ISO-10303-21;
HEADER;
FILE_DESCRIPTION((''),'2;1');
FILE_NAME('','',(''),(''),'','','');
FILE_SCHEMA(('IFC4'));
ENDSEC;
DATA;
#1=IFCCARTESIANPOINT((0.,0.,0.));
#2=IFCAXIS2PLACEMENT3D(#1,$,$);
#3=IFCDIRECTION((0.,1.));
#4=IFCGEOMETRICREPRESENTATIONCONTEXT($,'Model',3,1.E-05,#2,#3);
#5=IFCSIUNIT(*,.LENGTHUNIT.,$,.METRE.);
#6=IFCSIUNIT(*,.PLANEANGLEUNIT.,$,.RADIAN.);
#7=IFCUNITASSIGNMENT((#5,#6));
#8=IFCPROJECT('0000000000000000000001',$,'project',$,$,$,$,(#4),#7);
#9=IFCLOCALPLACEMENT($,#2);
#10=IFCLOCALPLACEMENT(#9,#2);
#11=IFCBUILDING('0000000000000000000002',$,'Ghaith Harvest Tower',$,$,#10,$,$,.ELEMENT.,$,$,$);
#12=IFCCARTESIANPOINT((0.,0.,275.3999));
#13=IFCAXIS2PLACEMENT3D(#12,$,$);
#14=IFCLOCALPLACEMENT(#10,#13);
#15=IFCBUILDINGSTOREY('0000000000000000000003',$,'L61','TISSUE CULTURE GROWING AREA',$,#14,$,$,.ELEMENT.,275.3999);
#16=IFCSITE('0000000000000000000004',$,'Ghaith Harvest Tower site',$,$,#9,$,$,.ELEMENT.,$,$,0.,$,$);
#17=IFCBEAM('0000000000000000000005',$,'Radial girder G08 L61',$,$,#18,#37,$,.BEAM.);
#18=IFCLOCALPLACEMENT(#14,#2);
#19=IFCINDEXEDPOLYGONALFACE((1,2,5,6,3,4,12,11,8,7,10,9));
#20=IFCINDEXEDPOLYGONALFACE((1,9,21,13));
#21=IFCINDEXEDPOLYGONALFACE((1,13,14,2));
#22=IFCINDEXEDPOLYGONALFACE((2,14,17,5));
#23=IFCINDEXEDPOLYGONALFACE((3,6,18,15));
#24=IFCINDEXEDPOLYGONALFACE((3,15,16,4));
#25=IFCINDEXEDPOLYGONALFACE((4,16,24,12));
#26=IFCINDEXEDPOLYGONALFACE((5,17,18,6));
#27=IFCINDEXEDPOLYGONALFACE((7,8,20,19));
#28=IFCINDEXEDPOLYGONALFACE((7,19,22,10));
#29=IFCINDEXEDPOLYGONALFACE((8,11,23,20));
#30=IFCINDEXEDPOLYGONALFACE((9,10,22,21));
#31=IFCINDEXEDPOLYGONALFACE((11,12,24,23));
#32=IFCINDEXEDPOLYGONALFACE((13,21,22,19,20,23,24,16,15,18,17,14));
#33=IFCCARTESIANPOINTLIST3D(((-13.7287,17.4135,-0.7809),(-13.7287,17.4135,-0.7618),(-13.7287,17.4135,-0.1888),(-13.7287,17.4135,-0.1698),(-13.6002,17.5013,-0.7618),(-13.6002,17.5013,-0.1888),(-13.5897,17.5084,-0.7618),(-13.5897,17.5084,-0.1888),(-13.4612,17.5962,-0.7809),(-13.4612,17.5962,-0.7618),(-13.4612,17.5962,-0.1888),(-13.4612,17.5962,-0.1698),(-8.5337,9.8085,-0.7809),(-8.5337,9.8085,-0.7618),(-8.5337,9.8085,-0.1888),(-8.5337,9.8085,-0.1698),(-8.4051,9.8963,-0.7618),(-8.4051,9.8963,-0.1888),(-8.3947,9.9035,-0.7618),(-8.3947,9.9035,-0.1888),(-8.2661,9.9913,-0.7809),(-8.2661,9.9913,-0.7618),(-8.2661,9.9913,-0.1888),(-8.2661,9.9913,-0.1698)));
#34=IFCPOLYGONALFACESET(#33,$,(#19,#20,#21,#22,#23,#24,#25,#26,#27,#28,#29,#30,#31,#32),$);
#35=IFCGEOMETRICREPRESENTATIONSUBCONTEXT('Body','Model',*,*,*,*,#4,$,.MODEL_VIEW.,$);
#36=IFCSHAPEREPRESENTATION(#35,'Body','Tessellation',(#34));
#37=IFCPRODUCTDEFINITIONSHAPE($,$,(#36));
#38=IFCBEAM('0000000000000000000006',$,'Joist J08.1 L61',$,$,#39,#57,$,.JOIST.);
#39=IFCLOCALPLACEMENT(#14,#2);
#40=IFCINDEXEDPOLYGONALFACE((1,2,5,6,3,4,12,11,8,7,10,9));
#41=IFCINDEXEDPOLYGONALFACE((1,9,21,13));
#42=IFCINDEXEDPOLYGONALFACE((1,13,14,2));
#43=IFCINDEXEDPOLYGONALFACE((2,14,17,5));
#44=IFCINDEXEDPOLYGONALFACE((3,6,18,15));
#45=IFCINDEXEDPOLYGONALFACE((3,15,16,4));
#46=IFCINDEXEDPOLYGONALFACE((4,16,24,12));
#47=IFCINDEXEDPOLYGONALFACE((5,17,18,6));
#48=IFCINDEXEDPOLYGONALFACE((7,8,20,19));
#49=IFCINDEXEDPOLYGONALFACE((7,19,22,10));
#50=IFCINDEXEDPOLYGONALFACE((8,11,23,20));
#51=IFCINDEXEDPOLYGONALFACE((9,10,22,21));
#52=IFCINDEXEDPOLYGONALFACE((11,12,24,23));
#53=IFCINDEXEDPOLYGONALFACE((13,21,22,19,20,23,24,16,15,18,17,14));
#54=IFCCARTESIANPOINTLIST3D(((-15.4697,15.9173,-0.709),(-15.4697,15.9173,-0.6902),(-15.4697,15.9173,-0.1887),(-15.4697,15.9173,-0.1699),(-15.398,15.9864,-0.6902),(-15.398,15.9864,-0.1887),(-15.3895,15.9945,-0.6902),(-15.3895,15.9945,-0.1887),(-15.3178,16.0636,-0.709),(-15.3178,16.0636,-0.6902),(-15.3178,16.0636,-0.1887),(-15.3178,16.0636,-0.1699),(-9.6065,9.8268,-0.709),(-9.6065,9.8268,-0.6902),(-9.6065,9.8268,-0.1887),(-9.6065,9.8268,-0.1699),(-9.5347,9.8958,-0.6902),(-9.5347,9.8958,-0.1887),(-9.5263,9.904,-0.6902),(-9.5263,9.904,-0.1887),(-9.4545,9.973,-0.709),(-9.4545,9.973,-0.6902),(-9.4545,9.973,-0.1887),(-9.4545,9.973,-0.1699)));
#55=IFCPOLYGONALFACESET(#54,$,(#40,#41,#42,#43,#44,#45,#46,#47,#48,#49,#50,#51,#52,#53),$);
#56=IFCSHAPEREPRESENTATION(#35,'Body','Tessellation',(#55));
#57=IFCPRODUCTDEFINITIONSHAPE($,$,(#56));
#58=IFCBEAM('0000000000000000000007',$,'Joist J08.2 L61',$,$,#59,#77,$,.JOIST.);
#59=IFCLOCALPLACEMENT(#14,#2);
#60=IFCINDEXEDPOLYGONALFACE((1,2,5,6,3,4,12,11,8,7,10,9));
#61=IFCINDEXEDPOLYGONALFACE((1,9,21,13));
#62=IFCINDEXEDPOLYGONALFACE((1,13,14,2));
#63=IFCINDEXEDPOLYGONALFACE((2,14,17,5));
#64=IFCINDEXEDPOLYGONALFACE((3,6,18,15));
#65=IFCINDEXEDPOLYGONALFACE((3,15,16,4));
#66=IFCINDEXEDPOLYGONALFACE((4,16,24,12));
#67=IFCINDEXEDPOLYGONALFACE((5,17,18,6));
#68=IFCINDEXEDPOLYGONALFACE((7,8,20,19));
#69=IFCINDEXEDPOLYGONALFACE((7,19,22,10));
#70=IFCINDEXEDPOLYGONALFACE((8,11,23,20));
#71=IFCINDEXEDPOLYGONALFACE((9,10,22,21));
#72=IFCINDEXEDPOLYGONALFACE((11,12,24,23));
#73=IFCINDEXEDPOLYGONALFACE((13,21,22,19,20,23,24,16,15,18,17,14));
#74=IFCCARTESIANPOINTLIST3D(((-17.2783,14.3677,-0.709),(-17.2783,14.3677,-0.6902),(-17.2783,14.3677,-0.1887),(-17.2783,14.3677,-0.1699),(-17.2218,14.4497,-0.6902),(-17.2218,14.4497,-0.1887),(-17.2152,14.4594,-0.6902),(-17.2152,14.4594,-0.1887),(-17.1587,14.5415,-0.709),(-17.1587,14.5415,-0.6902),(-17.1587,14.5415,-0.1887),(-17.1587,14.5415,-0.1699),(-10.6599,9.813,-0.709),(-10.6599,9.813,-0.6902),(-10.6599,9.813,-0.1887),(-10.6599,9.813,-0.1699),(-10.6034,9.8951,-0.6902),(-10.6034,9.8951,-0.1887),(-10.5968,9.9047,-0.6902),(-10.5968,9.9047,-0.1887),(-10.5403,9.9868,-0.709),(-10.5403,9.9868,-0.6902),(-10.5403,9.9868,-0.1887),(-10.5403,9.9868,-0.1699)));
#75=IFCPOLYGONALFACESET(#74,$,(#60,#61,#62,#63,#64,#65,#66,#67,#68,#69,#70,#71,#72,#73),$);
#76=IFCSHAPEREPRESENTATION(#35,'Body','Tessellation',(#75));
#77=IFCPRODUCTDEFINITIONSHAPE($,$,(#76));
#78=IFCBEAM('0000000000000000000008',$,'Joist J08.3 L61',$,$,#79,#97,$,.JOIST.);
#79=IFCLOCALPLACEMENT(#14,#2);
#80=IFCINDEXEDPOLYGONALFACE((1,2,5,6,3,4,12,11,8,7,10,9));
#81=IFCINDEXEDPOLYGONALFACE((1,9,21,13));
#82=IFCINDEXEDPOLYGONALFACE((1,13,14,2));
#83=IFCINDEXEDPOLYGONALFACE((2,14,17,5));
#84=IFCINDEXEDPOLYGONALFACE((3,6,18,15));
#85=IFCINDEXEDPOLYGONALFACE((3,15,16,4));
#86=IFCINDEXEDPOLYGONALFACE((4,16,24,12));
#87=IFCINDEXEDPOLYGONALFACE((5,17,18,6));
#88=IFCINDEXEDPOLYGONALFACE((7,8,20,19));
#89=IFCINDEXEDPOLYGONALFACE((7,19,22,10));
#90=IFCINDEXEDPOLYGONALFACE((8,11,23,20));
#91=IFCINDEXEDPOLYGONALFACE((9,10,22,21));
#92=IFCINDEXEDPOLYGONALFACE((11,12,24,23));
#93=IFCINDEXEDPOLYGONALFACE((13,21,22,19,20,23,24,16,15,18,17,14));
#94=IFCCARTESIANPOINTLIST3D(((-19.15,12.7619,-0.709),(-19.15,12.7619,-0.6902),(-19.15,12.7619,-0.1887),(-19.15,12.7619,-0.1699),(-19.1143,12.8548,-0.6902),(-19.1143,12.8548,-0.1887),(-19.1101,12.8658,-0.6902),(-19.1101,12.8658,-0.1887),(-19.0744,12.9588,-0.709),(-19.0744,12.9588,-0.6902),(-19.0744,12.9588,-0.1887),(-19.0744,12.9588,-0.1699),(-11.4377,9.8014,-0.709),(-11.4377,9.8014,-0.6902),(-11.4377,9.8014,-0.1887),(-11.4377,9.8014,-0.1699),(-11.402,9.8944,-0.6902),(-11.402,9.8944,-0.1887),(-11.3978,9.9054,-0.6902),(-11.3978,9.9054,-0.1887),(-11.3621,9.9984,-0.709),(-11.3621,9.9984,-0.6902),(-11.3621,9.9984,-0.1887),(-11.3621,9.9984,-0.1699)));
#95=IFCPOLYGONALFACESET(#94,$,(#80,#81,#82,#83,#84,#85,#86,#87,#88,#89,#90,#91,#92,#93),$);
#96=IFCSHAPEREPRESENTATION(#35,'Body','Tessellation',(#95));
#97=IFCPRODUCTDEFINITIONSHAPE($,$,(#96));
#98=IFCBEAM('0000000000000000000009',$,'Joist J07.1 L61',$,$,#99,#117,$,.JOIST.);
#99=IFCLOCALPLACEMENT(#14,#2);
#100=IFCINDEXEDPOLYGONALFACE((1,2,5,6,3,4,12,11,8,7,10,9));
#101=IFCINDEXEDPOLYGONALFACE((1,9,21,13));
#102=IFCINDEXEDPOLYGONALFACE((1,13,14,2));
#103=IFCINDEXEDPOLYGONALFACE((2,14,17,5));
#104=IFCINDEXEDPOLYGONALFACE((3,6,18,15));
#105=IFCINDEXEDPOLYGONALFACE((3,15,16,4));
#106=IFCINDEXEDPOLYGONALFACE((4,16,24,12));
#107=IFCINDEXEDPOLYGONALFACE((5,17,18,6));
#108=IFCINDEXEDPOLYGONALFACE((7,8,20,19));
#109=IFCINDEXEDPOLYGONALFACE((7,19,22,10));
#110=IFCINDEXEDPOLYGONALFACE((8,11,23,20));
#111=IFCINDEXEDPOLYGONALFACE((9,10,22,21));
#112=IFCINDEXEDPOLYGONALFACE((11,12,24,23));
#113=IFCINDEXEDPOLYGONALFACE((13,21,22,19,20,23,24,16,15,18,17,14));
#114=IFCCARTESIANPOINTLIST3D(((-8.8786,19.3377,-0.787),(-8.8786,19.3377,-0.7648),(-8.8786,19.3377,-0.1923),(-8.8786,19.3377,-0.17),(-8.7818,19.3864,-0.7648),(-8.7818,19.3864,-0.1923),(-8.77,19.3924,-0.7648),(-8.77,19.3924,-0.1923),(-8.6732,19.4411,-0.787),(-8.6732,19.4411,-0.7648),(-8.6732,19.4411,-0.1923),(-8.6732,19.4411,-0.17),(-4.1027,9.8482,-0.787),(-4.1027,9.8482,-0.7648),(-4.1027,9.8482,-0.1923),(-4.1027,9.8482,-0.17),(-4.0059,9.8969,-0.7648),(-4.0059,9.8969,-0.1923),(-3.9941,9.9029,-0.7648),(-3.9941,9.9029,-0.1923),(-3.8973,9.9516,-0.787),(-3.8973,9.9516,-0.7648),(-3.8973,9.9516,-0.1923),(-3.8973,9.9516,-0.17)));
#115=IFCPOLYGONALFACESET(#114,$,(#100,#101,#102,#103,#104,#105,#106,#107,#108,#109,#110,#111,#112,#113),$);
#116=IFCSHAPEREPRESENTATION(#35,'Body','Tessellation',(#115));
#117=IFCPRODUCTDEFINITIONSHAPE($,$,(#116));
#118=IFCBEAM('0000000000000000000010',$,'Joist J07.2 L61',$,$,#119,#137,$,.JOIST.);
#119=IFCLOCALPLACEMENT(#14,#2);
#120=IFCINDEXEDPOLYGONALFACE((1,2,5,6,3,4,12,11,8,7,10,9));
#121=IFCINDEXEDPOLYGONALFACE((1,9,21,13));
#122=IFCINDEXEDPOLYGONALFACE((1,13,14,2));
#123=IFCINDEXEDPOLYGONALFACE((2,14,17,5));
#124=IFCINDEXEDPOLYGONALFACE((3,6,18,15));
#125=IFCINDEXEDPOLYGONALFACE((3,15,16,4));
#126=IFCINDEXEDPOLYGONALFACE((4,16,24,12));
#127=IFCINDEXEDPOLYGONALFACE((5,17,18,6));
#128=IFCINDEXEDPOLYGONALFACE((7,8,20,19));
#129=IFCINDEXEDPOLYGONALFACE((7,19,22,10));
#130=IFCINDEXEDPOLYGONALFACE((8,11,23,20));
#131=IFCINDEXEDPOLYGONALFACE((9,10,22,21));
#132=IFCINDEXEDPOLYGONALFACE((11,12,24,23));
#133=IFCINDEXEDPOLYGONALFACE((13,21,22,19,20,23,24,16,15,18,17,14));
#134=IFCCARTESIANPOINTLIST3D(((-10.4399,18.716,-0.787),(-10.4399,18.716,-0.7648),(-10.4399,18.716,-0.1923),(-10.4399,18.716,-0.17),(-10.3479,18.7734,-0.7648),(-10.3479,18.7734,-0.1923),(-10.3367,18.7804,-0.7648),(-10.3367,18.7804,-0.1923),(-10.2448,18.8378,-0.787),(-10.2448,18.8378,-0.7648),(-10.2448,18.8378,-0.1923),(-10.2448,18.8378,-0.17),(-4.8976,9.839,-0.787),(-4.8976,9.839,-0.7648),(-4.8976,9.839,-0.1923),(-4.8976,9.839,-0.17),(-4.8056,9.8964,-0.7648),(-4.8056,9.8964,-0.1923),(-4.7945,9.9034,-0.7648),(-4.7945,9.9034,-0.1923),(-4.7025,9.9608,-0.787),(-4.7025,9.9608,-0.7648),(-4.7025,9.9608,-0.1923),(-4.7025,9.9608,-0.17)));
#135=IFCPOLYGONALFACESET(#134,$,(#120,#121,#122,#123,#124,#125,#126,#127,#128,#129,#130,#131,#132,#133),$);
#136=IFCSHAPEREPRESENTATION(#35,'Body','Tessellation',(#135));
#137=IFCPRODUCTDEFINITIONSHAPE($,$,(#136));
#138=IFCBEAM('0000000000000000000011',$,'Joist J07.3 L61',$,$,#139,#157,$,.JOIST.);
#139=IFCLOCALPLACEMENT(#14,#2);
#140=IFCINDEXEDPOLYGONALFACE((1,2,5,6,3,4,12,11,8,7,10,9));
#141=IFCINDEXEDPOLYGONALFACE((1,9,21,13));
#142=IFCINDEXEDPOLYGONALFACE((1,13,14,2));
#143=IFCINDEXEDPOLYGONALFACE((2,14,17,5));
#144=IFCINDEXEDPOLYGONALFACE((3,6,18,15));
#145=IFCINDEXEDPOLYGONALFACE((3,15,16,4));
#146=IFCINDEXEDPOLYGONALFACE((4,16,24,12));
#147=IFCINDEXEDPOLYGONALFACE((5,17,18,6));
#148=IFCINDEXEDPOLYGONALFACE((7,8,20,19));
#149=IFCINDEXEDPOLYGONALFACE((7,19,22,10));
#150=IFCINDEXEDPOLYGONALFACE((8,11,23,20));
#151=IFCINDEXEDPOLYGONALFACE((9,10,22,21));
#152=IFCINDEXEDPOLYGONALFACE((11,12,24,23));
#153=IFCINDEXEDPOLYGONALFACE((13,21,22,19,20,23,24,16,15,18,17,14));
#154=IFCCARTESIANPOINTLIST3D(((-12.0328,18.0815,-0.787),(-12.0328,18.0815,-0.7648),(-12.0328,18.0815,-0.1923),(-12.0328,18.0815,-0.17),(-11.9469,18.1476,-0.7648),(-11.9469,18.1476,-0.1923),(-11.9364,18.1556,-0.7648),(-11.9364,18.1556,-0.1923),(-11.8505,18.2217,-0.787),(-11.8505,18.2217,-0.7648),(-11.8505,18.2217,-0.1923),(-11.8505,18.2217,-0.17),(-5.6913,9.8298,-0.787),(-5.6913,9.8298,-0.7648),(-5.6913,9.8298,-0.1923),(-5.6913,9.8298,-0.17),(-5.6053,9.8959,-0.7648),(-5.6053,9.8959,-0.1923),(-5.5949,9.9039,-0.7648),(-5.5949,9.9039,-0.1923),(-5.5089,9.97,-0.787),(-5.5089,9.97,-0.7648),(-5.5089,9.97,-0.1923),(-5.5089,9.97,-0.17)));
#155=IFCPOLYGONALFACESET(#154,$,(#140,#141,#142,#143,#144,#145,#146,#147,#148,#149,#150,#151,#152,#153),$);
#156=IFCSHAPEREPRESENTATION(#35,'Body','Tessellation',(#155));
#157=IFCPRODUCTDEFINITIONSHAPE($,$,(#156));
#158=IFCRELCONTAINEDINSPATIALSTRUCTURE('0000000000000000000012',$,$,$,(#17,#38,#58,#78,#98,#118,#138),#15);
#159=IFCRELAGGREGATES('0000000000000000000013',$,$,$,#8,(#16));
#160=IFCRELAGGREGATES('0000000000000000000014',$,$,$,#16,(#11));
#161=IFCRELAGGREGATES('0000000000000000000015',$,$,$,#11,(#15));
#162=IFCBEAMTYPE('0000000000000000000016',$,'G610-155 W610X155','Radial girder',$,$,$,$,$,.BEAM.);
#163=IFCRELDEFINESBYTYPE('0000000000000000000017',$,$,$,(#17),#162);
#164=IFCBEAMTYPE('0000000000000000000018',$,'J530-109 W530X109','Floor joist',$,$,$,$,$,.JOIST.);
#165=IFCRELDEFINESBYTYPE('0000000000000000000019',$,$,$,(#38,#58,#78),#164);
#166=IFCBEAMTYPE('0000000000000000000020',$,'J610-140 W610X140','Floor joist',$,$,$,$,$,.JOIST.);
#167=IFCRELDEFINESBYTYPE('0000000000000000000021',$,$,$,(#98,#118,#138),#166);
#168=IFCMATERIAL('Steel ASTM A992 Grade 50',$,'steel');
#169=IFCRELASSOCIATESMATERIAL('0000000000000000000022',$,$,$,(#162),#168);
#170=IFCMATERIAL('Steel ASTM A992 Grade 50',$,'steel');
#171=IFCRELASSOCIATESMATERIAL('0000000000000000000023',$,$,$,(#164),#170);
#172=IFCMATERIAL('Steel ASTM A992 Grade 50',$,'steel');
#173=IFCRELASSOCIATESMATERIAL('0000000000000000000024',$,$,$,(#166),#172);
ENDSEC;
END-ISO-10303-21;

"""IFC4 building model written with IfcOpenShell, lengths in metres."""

from ifc_helpers import new_model, si_unit, direction, frame, origin, origin_2d, place, context, subcontext, project, spatial, i_section, extrude, material, material_profile, profile_set, type_object, element, save


model = new_model("IFC4")

# Units and contexts
model_context = context("Model", 3, precision=1e-05, world=origin(), true_north=direction((0.0, 1.0)))
body_context = subcontext(model_context, "Body", "Model", "MODEL_VIEW")
ifc_project = project(units=[si_unit("LENGTHUNIT", "METRE"), si_unit("PLANEANGLEUNIT", "RADIAN")], contexts=[model_context])

# Site, building, storey
site_placement = place(None, origin())
site = spatial("IfcSite", under=ifc_project, at=site_placement, Name="Ghaith Harvest Tower site", CompositionType="ELEMENT", RefElevation=0.0)
building_placement = place(site_placement, origin())
building = spatial("IfcBuilding", under=site, at=building_placement, Name="Ghaith Harvest Tower", CompositionType="ELEMENT")
storey_placement = place(building_placement, frame((0.0, 0.0, 275.3999)))
storey = spatial("IfcBuildingStorey", under=building, at=storey_placement, Name="L61", Description="TISSUE CULTURE GROWING AREA", CompositionType="ELEMENT", Elevation=275.3999)

# Beams
ifc_material_1 = material(Name="Steel ASTM A992 Grade 50", Category="steel")
ifc_material_profile_1 = material_profile(ifc_material_1, i_section(OverallWidth=0.324, OverallDepth=0.6111, WebThickness=0.0127, FlangeThickness=0.019, at=origin_2d()), Name="W610X155")
ifc_profile_set_1 = profile_set([ifc_material_profile_1], Name="Steel ASTM A992 Grade 50")
beam_type_1 = type_object("IfcBeamType", Name="G610-155 W610X155", Description="Radial girder", PredefinedType="BEAM", material=ifc_profile_set_1)
beam_1_placement = place(storey_placement, frame((-8.3999, 9.8999, -0.4753), z_axis=(-0.564067, 0.825729, 0.0), x_axis=(-0.825729, -0.564067, 0.0)))
element("IfcBeam", 1, at=beam_1_placement, inside=storey, type_object=beam_type_1, Name="Radial girder G08 L61", PredefinedType="BEAM", context=body_context, shape_type="SweptSolid", body=[
    extrude(i_section(OverallWidth=0.324, OverallDepth=0.6111, WebThickness=0.0127, FlangeThickness=0.019, at=origin_2d()), origin(), (0.0, 0.0, 1.0), 9.21),
])
ifc_material_2 = material(Name="Steel ASTM A992 Grade 50", Category="steel")
ifc_material_profile_2 = material_profile(ifc_material_2, i_section(OverallWidth=0.2109, OverallDepth=0.5391, WebThickness=0.0117, FlangeThickness=0.0188, at=origin_2d()), Name="W530X109")
ifc_profile_set_2 = profile_set([ifc_material_profile_2], Name="Steel ASTM A992 Grade 50")
beam_type_2 = type_object("IfcBeamType", Name="J530-109 W530X109", Description="Floor joist", PredefinedType="JOIST", material=ifc_profile_set_2)
beam_2_placement = place(storey_placement, frame((-9.5305, 9.8999, -0.4395), z_axis=(-0.693536, 0.720422, 0.0), x_axis=(-0.720422, -0.693536, 0.0)))
element("IfcBeam", 2, at=beam_2_placement, inside=storey, type_object=beam_type_2, Name="Joist J08.1 L61", PredefinedType="JOIST", context=body_context, shape_type="SweptSolid", body=[
    extrude(i_section(OverallWidth=0.2109, OverallDepth=0.5391, WebThickness=0.0117, FlangeThickness=0.0188, at=origin_2d()), origin(), (0.0, 0.0, 1.0), 8.4541),
])
beam_3_placement = place(storey_placement, frame((-10.6001, 9.8999, -0.4395), z_axis=(-0.823779, 0.566912, 0.0), x_axis=(-0.566912, -0.823779, 0.0)))
element("IfcBeam", 3, at=beam_3_placement, inside=storey, type_object=beam_type_2, Name="Joist J08.2 L61", PredefinedType="JOIST", context=body_context, shape_type="SweptSolid", body=[
    extrude(i_section(OverallWidth=0.2109, OverallDepth=0.5391, WebThickness=0.0117, FlangeThickness=0.0188, at=origin_2d()), origin(), (0.0, 0.0, 1.0), 8.0342),
])
beam_4_placement = place(storey_placement, frame((-11.3999, 9.8999, -0.4395), z_axis=(-0.933583, 0.358361, 0.0), x_axis=(-0.358361, -0.933583, 0.0)))
element("IfcBeam", 4, at=beam_4_placement, inside=storey, type_object=beam_type_2, Name="Joist J08.3 L61", PredefinedType="JOIST", context=body_context, shape_type="SweptSolid", body=[
    extrude(i_section(OverallWidth=0.2109, OverallDepth=0.5391, WebThickness=0.0117, FlangeThickness=0.0188, at=origin_2d()), origin(), (0.0, 0.0, 1.0), 8.261),
])
ifc_material_3 = material(Name="Steel ASTM A992 Grade 50", Category="steel")
ifc_material_profile_3 = material_profile(ifc_material_3, i_section(OverallWidth=0.23, OverallDepth=0.6169, WebThickness=0.0132, FlangeThickness=0.0222, at=origin_2d()), Name="W610X140")
ifc_profile_set_3 = profile_set([ifc_material_profile_3], Name="Steel ASTM A992 Grade 50")
beam_type_3 = type_object("IfcBeamType", Name="J610-140 W610X140", Description="Floor joist", PredefinedType="JOIST", material=ifc_profile_set_3)
beam_5_placement = place(storey_placement, frame((-4.0, 9.8999, -0.4785), z_axis=(-0.449556, 0.893252, 0.0), x_axis=(-0.893252, -0.449556, 0.0)))
element("IfcBeam", 5, at=beam_5_placement, inside=storey, type_object=beam_type_3, Name="Joist J07.1 L61", PredefinedType="JOIST", context=body_context, shape_type="SweptSolid", body=[
    extrude(i_section(OverallWidth=0.23, OverallDepth=0.6169, WebThickness=0.0132, FlangeThickness=0.0222, at=origin_2d()), origin(), (0.0, 0.0, 1.0), 10.6235),
])
beam_6_placement = place(storey_placement, frame((-4.8, 9.8999, -0.4785), z_axis=(-0.529596, 0.84825, 0.0), x_axis=(-0.84825, -0.529596, 0.0)))
element("IfcBeam", 6, at=beam_6_placement, inside=storey, type_object=beam_type_3, Name="Joist J07.2 L61", PredefinedType="JOIST", context=body_context, shape_type="SweptSolid", body=[
    extrude(i_section(OverallWidth=0.23, OverallDepth=0.6169, WebThickness=0.0132, FlangeThickness=0.0222, at=origin_2d()), origin(), (0.0, 0.0, 1.0), 10.4651),
])
beam_7_placement = place(storey_placement, frame((-5.6001, 9.8999, -0.4785), z_axis=(-0.609354, 0.792899, 0.0), x_axis=(-0.792899, -0.609354, 0.0)))
element("IfcBeam", 7, at=beam_7_placement, inside=storey, type_object=beam_type_3, Name="Joist J07.3 L61", PredefinedType="JOIST", context=body_context, shape_type="SweptSolid", body=[
    extrude(i_section(OverallWidth=0.23, OverallDepth=0.6169, WebThickness=0.0132, FlangeThickness=0.0222, at=origin_2d()), origin(), (0.0, 0.0, 1.0), 10.407),
])

save(model, "model.ifc")
